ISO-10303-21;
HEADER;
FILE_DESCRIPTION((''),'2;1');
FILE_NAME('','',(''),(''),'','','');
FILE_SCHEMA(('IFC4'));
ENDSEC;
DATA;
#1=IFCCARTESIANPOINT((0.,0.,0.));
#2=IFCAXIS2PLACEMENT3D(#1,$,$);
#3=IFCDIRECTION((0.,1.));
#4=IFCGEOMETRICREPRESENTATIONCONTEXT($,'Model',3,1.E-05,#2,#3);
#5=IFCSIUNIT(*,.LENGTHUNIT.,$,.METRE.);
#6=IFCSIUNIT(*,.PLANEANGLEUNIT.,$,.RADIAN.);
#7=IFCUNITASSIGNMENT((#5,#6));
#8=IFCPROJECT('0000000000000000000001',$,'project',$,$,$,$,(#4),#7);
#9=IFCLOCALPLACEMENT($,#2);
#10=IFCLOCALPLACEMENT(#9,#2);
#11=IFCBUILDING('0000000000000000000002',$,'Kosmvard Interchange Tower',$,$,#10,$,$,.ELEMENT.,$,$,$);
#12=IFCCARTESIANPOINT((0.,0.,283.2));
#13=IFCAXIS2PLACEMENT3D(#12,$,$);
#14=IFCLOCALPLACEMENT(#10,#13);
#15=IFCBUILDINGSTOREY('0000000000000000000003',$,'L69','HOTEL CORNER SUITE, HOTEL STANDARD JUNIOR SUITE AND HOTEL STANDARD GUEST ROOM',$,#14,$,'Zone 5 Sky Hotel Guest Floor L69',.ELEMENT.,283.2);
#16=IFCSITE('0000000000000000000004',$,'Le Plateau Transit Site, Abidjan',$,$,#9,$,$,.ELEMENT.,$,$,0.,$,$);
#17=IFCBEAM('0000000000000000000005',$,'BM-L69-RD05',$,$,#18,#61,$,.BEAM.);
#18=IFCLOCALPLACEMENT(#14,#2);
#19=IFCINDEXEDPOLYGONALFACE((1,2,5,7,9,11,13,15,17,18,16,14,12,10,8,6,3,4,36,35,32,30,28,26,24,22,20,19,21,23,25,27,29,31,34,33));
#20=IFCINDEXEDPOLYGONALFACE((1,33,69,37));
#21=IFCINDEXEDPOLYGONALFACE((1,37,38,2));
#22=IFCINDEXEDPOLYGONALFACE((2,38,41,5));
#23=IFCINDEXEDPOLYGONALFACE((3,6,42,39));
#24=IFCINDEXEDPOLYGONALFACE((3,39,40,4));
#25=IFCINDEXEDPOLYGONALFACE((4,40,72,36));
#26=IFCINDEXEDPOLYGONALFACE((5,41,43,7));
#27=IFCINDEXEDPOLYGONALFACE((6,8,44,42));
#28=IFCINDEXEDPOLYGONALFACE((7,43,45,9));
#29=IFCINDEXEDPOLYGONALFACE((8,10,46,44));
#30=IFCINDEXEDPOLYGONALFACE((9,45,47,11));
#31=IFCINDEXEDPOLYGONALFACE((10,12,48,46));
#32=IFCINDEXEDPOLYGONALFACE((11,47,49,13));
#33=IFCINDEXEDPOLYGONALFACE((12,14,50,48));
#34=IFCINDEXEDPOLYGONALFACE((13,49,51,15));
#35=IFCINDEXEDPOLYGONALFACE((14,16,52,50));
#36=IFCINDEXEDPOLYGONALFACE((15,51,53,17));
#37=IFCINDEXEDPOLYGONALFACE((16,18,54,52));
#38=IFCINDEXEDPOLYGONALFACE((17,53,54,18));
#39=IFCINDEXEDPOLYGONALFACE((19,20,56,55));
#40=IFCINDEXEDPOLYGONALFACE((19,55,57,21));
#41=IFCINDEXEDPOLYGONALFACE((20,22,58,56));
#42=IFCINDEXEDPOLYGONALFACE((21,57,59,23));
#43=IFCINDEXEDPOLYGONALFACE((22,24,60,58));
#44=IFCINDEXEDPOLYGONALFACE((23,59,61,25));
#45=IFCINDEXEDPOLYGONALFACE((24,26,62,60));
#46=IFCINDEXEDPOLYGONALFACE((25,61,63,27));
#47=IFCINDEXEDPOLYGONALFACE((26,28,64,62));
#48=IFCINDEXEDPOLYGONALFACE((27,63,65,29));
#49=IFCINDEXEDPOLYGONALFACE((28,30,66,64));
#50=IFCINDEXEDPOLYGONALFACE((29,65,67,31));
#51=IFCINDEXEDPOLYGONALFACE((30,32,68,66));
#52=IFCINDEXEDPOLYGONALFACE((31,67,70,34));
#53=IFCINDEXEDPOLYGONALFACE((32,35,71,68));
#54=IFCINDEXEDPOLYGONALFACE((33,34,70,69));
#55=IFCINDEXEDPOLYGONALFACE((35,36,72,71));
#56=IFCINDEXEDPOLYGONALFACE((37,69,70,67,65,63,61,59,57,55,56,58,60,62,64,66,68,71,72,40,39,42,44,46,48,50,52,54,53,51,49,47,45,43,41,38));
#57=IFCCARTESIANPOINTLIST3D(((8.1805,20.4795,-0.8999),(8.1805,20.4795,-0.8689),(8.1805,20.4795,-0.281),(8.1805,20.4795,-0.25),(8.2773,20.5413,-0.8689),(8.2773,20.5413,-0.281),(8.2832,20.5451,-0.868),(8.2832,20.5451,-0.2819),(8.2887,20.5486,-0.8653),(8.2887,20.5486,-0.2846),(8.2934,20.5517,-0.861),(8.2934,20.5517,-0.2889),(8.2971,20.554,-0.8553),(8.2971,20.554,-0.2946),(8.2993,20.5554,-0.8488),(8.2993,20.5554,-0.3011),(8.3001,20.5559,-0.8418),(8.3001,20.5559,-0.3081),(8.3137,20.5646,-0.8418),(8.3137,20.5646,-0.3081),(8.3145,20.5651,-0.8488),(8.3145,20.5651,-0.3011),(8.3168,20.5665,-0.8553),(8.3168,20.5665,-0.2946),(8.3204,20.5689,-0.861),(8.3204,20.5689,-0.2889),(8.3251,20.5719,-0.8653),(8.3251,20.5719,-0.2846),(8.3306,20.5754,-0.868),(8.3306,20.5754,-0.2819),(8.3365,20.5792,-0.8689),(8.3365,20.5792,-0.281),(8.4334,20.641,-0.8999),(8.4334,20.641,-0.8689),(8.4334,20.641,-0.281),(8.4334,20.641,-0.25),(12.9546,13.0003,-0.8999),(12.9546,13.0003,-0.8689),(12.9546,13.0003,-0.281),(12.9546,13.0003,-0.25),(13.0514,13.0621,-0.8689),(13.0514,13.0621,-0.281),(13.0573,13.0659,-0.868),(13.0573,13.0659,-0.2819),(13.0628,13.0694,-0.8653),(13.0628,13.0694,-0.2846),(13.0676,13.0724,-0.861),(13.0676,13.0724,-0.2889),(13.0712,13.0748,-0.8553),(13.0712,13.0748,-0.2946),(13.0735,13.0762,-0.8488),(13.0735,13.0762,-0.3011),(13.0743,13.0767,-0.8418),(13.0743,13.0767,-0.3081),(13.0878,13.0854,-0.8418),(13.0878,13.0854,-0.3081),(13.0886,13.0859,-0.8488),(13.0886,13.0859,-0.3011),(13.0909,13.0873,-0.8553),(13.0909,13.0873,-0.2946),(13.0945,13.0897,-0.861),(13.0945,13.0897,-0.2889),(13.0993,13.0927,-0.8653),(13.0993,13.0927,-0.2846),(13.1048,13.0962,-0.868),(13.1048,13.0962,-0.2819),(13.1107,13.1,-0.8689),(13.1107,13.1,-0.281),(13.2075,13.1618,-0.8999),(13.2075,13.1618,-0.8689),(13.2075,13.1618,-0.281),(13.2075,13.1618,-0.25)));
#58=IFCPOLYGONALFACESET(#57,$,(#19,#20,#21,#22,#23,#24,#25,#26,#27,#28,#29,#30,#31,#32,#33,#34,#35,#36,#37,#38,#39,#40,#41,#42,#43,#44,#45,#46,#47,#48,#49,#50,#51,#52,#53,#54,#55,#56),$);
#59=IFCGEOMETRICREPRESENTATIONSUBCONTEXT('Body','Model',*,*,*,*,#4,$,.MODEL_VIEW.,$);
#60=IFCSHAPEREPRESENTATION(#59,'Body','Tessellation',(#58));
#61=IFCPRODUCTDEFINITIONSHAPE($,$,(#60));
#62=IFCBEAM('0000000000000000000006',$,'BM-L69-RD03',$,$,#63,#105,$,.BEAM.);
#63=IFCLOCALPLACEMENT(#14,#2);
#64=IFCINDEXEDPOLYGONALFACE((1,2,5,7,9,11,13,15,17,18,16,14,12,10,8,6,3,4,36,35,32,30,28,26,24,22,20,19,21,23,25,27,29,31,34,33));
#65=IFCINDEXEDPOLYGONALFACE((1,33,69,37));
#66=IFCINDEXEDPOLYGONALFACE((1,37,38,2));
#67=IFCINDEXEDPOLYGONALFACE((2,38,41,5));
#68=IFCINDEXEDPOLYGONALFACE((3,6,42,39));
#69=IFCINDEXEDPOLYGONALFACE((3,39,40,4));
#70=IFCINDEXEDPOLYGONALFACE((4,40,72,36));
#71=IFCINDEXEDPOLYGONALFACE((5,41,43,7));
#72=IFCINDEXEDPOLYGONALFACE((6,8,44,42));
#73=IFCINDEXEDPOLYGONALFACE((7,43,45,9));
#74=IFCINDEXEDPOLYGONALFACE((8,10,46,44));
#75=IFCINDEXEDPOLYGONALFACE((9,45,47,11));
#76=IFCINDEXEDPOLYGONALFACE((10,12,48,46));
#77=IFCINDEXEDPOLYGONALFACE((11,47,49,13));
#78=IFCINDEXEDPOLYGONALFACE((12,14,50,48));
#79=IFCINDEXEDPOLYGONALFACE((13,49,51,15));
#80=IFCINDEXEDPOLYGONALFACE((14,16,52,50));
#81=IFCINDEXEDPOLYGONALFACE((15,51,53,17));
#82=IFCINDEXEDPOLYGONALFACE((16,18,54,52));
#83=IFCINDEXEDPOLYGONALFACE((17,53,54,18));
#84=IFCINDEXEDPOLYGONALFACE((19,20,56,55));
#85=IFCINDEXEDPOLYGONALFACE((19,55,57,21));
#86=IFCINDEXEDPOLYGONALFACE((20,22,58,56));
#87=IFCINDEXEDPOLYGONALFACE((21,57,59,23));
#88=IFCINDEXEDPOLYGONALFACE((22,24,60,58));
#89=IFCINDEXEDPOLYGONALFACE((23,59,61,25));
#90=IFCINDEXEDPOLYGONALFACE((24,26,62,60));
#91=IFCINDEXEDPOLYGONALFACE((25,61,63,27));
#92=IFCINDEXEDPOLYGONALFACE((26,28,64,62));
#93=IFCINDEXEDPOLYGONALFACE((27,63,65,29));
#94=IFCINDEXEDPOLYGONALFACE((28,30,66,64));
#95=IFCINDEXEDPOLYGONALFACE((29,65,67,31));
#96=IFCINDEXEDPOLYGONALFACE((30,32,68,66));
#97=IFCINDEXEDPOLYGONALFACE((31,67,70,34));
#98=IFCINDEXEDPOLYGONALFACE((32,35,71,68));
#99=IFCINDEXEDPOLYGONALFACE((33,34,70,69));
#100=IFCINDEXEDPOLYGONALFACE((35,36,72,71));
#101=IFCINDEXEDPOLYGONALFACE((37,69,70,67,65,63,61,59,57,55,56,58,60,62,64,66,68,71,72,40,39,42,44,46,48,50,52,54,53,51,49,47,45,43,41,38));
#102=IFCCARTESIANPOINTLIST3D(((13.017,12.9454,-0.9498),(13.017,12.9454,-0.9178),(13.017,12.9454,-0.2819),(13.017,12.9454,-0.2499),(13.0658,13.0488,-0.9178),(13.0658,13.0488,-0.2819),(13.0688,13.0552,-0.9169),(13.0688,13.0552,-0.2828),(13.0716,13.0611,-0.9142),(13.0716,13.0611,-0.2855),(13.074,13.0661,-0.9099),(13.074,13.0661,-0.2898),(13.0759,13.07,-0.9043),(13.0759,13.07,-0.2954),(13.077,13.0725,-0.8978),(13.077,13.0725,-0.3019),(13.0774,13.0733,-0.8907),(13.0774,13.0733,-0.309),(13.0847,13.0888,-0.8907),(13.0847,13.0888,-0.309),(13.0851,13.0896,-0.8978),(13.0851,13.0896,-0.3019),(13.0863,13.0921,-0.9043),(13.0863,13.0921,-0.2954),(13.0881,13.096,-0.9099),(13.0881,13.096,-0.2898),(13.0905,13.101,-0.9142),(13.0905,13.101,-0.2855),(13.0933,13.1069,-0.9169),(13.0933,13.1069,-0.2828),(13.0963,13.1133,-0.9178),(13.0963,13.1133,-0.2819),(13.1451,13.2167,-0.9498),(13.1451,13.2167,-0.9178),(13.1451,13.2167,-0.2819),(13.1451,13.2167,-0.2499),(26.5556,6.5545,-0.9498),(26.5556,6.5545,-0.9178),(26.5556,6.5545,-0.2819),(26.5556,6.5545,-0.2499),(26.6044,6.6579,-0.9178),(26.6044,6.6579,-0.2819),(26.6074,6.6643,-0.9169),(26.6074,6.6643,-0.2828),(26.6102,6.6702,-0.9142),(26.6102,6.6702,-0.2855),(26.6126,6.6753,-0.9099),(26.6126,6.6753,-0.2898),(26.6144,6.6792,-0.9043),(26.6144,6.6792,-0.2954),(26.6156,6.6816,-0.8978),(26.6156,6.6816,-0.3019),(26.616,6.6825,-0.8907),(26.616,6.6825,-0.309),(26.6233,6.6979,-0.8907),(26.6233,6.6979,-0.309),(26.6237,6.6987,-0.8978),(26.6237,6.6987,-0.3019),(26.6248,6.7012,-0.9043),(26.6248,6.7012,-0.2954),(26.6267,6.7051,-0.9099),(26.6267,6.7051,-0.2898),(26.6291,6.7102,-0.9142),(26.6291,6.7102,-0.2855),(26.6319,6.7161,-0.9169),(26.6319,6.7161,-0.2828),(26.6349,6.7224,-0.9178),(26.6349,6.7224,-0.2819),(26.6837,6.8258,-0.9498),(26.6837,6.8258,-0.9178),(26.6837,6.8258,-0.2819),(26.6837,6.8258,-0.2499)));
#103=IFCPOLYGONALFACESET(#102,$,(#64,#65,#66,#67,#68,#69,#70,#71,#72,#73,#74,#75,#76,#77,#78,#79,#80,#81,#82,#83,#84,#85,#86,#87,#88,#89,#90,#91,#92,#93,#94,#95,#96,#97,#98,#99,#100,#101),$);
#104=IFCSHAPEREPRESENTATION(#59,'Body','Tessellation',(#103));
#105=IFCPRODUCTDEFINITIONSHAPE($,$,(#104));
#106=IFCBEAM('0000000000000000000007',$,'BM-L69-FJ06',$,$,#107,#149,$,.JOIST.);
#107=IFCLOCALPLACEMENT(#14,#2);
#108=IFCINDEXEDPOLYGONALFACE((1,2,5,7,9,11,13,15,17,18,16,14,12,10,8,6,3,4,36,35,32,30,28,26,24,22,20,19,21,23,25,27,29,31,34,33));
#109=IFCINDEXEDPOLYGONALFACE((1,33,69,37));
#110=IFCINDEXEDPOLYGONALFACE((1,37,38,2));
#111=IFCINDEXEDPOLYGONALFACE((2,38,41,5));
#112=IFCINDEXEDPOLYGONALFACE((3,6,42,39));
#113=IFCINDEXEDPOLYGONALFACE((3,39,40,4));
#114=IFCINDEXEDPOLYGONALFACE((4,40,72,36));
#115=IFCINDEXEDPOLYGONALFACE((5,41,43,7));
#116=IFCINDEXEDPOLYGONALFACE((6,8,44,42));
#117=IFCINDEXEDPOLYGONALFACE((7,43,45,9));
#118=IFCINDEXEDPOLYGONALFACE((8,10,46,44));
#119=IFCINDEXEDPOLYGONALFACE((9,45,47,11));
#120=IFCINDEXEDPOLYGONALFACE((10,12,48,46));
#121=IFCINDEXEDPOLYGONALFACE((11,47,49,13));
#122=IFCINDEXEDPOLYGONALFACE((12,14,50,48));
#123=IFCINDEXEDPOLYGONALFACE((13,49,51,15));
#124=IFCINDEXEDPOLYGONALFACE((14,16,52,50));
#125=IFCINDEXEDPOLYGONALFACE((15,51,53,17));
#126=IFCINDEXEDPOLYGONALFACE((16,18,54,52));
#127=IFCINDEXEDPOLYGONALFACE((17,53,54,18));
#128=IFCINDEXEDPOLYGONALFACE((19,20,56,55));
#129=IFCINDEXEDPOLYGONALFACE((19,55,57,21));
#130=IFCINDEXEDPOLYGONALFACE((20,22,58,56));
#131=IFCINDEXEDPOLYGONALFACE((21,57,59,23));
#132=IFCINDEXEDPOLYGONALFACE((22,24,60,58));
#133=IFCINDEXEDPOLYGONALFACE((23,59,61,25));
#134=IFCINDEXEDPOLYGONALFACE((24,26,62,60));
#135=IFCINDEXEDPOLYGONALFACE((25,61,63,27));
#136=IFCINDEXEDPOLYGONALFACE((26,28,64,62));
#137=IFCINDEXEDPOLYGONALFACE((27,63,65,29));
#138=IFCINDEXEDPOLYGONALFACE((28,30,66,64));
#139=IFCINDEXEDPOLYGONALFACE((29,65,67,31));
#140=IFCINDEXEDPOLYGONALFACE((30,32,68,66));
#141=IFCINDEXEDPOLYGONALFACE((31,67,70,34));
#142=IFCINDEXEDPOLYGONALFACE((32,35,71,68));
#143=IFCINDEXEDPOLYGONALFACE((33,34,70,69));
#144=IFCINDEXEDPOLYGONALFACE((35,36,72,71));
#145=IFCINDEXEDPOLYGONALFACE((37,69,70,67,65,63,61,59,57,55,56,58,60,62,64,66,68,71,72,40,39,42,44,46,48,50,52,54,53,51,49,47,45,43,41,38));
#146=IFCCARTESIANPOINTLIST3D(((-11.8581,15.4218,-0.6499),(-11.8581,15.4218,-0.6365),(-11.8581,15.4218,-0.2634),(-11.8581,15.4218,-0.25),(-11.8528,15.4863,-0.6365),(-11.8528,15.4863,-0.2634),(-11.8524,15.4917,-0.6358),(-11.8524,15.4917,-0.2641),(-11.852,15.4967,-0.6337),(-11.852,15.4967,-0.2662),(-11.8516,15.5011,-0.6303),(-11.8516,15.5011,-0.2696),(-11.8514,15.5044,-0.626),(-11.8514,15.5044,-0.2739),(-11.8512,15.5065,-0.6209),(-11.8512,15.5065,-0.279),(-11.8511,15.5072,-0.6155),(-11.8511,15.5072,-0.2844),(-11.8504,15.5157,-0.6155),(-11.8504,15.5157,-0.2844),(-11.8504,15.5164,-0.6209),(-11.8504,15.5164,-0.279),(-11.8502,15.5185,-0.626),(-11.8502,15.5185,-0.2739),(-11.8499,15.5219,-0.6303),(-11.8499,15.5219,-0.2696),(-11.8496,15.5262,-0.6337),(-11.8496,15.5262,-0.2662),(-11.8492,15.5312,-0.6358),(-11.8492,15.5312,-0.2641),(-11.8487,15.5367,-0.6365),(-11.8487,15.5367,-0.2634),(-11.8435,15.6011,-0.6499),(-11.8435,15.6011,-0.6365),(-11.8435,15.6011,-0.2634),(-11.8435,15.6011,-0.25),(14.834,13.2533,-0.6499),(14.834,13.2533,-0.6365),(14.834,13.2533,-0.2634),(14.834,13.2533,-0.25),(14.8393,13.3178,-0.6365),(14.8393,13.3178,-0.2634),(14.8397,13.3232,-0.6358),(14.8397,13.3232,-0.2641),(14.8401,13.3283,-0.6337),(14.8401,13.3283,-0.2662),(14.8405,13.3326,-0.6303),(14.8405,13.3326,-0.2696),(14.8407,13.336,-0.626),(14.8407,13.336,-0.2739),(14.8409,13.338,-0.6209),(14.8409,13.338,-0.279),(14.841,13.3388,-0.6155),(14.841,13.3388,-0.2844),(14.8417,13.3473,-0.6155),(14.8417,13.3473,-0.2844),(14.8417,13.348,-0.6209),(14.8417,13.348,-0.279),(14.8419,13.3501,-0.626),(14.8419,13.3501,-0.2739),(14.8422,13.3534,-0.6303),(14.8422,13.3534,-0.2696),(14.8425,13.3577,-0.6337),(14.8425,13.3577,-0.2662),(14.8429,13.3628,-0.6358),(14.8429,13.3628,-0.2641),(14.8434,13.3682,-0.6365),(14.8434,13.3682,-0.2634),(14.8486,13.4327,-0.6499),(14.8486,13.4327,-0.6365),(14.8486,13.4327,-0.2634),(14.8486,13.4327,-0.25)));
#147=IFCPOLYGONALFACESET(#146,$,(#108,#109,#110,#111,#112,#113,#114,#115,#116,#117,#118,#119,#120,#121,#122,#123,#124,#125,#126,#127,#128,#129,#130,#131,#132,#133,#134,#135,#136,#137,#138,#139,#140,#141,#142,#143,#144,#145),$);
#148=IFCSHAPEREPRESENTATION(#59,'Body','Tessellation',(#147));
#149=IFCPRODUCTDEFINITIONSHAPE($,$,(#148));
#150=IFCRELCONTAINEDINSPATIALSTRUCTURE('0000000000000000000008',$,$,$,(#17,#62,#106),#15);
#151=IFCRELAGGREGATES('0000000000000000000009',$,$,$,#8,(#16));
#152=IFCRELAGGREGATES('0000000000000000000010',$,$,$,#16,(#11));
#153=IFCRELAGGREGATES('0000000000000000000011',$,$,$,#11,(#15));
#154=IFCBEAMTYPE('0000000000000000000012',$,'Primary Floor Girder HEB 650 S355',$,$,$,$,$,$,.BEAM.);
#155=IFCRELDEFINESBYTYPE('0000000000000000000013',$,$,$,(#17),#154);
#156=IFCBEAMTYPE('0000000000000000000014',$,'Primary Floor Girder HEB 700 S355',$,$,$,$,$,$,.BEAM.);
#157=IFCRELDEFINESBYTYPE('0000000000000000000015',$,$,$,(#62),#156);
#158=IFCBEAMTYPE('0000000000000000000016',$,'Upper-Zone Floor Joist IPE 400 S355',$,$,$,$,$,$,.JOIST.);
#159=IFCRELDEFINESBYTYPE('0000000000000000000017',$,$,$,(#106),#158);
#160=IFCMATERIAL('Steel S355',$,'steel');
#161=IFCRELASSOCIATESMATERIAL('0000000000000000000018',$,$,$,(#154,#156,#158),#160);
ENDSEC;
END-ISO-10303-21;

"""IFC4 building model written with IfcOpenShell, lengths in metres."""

from ifc_helpers import new_model, si_unit, direction, frame, origin, origin_2d, place, context, subcontext, project, spatial, i_section, extrude, source, transform, mapped, material, material_profile, profile_set, type_object, element, save


model = new_model("IFC4")

# Units and contexts
model_context = context("Model", 3, precision=1e-05, world=origin(), true_north=direction((0.0, 1.0)))
body_context = subcontext(model_context, "Body", "Model", "MODEL_VIEW")
ifc_project = project(units=[si_unit("LENGTHUNIT", "METRE"), si_unit("PLANEANGLEUNIT", "RADIAN")], contexts=[model_context])

# Site, building, storey
site_placement = place(None, origin())
site = spatial("IfcSite", under=ifc_project, at=site_placement, Name="Le Plateau Transit Site, Abidjan", CompositionType="ELEMENT", RefElevation=0.0)
building_placement = place(site_placement, origin())
building = spatial("IfcBuilding", under=site, at=building_placement, Name="Kosmvard Interchange Tower", CompositionType="ELEMENT")
storey_placement = place(building_placement, frame((0.0, 0.0, 283.2)))
storey = spatial("IfcBuildingStorey", under=building, at=storey_placement, Name="L69", Description="HOTEL CORNER SUITE, HOTEL STANDARD JUNIOR SUITE AND HOTEL STANDARD GUEST ROOM", LongName="Zone 5 Sky Hotel Guest Floor L69", CompositionType="ELEMENT", Elevation=283.2)

# Beams
ifc_material_1 = material(Name="Steel S355", Category="steel")
ifc_material_profile_1 = material_profile(ifc_material_1, i_section(OverallWidth=0.3, OverallDepth=0.6499, WebThickness=0.0161, FlangeThickness=0.031, FilletRadius=0.0271, at=origin_2d()), Name="HEB 650")
ifc_profile_set_1 = profile_set([ifc_material_profile_1], Name="Steel S355")
beam_type_1 = type_object("IfcBeamType", Name="Primary Floor Girder HEB 650 S355", PredefinedType="BEAM", material=ifc_profile_set_1)
shared_shape_1 = source(origin(), body_context, "Body", "SweptSolid", [
    extrude(i_section(OverallWidth=0.3, OverallDepth=0.6499, WebThickness=0.0161, FlangeThickness=0.031, FilletRadius=0.0271, at=origin_2d()), origin(), (0.0, 0.0, 1.0), 8.873),
])
beam_1_placement = place(storey_placement, frame((13.0811, 13.0811, -0.575), z_axis=(-0.53805, 0.842913, 0.0), x_axis=(-0.842913, -0.53805, 0.0)))
element("IfcBeam", 1, at=beam_1_placement, inside=storey, type_object=beam_type_1, Name="BM-L69-RD05", PredefinedType="BEAM", context=body_context, shape_type="MappedRepresentation", body=[
    mapped(shared_shape_1, transform((0.0, 0.0, 0.0), scale=1.0)),
])
ifc_material_profile_2 = material_profile(ifc_material_1, i_section(OverallWidth=0.3, OverallDepth=0.7, WebThickness=0.0171, FlangeThickness=0.032, FilletRadius=0.0271, at=origin_2d()), Name="HEB 700")
ifc_profile_set_2 = profile_set([ifc_material_profile_2], Name="Steel S355")
beam_type_2 = type_object("IfcBeamType", Name="Primary Floor Girder HEB 700 S355", PredefinedType="BEAM", material=ifc_profile_set_2)
shared_shape_2 = source(origin(), body_context, "Body", "SweptSolid", [
    extrude(i_section(OverallWidth=0.3, OverallDepth=0.7, WebThickness=0.0171, FlangeThickness=0.032, FilletRadius=0.0271, at=origin_2d()), origin(), (0.0, 0.0, 1.0), 14.9712),
])
beam_2_placement = place(storey_placement, frame((13.0811, 13.0811, -0.5999), z_axis=(0.904309, -0.426878, 0.0), x_axis=(0.426878, 0.904309, 0.0)))
element("IfcBeam", 2, at=beam_2_placement, inside=storey, type_object=beam_type_2, Name="BM-L69-RD03", PredefinedType="BEAM", context=body_context, shape_type="MappedRepresentation", body=[
    mapped(shared_shape_2, transform((0.0, 0.0, 0.0), scale=1.0)),
])
ifc_material_profile_3 = material_profile(ifc_material_1, i_section(OverallWidth=0.1799, OverallDepth=0.3999, WebThickness=0.0085, FlangeThickness=0.0134, FilletRadius=0.021, at=origin_2d()), Name="IPE 400")
ifc_profile_set_3 = profile_set([ifc_material_profile_3], Name="Steel S355")
beam_type_3 = type_object("IfcBeamType", Name="Upper-Zone Floor Joist IPE 400 S355", PredefinedType="JOIST", material=ifc_profile_set_3)
shared_shape_3 = source(origin(), body_context, "Body", "SweptSolid", [
    extrude(i_section(OverallWidth=0.1799, OverallDepth=0.3999, WebThickness=0.0085, FlangeThickness=0.0134, FilletRadius=0.021, at=origin_2d()), origin(), (0.0, 0.0, 1.0), 26.78),
])
beam_3_placement = place(storey_placement, frame((14.8413, 13.343, -0.45), z_axis=(-0.996716, 0.080973, 0.0), x_axis=(-0.080973, -0.996716, 0.0)))
element("IfcBeam", 3, at=beam_3_placement, inside=storey, type_object=beam_type_3, Name="BM-L69-FJ06", PredefinedType="JOIST", context=body_context, shape_type="MappedRepresentation", body=[
    mapped(shared_shape_3, transform((0.0, 0.0, 0.0), scale=1.0)),
])

save(model, "model.ifc")
